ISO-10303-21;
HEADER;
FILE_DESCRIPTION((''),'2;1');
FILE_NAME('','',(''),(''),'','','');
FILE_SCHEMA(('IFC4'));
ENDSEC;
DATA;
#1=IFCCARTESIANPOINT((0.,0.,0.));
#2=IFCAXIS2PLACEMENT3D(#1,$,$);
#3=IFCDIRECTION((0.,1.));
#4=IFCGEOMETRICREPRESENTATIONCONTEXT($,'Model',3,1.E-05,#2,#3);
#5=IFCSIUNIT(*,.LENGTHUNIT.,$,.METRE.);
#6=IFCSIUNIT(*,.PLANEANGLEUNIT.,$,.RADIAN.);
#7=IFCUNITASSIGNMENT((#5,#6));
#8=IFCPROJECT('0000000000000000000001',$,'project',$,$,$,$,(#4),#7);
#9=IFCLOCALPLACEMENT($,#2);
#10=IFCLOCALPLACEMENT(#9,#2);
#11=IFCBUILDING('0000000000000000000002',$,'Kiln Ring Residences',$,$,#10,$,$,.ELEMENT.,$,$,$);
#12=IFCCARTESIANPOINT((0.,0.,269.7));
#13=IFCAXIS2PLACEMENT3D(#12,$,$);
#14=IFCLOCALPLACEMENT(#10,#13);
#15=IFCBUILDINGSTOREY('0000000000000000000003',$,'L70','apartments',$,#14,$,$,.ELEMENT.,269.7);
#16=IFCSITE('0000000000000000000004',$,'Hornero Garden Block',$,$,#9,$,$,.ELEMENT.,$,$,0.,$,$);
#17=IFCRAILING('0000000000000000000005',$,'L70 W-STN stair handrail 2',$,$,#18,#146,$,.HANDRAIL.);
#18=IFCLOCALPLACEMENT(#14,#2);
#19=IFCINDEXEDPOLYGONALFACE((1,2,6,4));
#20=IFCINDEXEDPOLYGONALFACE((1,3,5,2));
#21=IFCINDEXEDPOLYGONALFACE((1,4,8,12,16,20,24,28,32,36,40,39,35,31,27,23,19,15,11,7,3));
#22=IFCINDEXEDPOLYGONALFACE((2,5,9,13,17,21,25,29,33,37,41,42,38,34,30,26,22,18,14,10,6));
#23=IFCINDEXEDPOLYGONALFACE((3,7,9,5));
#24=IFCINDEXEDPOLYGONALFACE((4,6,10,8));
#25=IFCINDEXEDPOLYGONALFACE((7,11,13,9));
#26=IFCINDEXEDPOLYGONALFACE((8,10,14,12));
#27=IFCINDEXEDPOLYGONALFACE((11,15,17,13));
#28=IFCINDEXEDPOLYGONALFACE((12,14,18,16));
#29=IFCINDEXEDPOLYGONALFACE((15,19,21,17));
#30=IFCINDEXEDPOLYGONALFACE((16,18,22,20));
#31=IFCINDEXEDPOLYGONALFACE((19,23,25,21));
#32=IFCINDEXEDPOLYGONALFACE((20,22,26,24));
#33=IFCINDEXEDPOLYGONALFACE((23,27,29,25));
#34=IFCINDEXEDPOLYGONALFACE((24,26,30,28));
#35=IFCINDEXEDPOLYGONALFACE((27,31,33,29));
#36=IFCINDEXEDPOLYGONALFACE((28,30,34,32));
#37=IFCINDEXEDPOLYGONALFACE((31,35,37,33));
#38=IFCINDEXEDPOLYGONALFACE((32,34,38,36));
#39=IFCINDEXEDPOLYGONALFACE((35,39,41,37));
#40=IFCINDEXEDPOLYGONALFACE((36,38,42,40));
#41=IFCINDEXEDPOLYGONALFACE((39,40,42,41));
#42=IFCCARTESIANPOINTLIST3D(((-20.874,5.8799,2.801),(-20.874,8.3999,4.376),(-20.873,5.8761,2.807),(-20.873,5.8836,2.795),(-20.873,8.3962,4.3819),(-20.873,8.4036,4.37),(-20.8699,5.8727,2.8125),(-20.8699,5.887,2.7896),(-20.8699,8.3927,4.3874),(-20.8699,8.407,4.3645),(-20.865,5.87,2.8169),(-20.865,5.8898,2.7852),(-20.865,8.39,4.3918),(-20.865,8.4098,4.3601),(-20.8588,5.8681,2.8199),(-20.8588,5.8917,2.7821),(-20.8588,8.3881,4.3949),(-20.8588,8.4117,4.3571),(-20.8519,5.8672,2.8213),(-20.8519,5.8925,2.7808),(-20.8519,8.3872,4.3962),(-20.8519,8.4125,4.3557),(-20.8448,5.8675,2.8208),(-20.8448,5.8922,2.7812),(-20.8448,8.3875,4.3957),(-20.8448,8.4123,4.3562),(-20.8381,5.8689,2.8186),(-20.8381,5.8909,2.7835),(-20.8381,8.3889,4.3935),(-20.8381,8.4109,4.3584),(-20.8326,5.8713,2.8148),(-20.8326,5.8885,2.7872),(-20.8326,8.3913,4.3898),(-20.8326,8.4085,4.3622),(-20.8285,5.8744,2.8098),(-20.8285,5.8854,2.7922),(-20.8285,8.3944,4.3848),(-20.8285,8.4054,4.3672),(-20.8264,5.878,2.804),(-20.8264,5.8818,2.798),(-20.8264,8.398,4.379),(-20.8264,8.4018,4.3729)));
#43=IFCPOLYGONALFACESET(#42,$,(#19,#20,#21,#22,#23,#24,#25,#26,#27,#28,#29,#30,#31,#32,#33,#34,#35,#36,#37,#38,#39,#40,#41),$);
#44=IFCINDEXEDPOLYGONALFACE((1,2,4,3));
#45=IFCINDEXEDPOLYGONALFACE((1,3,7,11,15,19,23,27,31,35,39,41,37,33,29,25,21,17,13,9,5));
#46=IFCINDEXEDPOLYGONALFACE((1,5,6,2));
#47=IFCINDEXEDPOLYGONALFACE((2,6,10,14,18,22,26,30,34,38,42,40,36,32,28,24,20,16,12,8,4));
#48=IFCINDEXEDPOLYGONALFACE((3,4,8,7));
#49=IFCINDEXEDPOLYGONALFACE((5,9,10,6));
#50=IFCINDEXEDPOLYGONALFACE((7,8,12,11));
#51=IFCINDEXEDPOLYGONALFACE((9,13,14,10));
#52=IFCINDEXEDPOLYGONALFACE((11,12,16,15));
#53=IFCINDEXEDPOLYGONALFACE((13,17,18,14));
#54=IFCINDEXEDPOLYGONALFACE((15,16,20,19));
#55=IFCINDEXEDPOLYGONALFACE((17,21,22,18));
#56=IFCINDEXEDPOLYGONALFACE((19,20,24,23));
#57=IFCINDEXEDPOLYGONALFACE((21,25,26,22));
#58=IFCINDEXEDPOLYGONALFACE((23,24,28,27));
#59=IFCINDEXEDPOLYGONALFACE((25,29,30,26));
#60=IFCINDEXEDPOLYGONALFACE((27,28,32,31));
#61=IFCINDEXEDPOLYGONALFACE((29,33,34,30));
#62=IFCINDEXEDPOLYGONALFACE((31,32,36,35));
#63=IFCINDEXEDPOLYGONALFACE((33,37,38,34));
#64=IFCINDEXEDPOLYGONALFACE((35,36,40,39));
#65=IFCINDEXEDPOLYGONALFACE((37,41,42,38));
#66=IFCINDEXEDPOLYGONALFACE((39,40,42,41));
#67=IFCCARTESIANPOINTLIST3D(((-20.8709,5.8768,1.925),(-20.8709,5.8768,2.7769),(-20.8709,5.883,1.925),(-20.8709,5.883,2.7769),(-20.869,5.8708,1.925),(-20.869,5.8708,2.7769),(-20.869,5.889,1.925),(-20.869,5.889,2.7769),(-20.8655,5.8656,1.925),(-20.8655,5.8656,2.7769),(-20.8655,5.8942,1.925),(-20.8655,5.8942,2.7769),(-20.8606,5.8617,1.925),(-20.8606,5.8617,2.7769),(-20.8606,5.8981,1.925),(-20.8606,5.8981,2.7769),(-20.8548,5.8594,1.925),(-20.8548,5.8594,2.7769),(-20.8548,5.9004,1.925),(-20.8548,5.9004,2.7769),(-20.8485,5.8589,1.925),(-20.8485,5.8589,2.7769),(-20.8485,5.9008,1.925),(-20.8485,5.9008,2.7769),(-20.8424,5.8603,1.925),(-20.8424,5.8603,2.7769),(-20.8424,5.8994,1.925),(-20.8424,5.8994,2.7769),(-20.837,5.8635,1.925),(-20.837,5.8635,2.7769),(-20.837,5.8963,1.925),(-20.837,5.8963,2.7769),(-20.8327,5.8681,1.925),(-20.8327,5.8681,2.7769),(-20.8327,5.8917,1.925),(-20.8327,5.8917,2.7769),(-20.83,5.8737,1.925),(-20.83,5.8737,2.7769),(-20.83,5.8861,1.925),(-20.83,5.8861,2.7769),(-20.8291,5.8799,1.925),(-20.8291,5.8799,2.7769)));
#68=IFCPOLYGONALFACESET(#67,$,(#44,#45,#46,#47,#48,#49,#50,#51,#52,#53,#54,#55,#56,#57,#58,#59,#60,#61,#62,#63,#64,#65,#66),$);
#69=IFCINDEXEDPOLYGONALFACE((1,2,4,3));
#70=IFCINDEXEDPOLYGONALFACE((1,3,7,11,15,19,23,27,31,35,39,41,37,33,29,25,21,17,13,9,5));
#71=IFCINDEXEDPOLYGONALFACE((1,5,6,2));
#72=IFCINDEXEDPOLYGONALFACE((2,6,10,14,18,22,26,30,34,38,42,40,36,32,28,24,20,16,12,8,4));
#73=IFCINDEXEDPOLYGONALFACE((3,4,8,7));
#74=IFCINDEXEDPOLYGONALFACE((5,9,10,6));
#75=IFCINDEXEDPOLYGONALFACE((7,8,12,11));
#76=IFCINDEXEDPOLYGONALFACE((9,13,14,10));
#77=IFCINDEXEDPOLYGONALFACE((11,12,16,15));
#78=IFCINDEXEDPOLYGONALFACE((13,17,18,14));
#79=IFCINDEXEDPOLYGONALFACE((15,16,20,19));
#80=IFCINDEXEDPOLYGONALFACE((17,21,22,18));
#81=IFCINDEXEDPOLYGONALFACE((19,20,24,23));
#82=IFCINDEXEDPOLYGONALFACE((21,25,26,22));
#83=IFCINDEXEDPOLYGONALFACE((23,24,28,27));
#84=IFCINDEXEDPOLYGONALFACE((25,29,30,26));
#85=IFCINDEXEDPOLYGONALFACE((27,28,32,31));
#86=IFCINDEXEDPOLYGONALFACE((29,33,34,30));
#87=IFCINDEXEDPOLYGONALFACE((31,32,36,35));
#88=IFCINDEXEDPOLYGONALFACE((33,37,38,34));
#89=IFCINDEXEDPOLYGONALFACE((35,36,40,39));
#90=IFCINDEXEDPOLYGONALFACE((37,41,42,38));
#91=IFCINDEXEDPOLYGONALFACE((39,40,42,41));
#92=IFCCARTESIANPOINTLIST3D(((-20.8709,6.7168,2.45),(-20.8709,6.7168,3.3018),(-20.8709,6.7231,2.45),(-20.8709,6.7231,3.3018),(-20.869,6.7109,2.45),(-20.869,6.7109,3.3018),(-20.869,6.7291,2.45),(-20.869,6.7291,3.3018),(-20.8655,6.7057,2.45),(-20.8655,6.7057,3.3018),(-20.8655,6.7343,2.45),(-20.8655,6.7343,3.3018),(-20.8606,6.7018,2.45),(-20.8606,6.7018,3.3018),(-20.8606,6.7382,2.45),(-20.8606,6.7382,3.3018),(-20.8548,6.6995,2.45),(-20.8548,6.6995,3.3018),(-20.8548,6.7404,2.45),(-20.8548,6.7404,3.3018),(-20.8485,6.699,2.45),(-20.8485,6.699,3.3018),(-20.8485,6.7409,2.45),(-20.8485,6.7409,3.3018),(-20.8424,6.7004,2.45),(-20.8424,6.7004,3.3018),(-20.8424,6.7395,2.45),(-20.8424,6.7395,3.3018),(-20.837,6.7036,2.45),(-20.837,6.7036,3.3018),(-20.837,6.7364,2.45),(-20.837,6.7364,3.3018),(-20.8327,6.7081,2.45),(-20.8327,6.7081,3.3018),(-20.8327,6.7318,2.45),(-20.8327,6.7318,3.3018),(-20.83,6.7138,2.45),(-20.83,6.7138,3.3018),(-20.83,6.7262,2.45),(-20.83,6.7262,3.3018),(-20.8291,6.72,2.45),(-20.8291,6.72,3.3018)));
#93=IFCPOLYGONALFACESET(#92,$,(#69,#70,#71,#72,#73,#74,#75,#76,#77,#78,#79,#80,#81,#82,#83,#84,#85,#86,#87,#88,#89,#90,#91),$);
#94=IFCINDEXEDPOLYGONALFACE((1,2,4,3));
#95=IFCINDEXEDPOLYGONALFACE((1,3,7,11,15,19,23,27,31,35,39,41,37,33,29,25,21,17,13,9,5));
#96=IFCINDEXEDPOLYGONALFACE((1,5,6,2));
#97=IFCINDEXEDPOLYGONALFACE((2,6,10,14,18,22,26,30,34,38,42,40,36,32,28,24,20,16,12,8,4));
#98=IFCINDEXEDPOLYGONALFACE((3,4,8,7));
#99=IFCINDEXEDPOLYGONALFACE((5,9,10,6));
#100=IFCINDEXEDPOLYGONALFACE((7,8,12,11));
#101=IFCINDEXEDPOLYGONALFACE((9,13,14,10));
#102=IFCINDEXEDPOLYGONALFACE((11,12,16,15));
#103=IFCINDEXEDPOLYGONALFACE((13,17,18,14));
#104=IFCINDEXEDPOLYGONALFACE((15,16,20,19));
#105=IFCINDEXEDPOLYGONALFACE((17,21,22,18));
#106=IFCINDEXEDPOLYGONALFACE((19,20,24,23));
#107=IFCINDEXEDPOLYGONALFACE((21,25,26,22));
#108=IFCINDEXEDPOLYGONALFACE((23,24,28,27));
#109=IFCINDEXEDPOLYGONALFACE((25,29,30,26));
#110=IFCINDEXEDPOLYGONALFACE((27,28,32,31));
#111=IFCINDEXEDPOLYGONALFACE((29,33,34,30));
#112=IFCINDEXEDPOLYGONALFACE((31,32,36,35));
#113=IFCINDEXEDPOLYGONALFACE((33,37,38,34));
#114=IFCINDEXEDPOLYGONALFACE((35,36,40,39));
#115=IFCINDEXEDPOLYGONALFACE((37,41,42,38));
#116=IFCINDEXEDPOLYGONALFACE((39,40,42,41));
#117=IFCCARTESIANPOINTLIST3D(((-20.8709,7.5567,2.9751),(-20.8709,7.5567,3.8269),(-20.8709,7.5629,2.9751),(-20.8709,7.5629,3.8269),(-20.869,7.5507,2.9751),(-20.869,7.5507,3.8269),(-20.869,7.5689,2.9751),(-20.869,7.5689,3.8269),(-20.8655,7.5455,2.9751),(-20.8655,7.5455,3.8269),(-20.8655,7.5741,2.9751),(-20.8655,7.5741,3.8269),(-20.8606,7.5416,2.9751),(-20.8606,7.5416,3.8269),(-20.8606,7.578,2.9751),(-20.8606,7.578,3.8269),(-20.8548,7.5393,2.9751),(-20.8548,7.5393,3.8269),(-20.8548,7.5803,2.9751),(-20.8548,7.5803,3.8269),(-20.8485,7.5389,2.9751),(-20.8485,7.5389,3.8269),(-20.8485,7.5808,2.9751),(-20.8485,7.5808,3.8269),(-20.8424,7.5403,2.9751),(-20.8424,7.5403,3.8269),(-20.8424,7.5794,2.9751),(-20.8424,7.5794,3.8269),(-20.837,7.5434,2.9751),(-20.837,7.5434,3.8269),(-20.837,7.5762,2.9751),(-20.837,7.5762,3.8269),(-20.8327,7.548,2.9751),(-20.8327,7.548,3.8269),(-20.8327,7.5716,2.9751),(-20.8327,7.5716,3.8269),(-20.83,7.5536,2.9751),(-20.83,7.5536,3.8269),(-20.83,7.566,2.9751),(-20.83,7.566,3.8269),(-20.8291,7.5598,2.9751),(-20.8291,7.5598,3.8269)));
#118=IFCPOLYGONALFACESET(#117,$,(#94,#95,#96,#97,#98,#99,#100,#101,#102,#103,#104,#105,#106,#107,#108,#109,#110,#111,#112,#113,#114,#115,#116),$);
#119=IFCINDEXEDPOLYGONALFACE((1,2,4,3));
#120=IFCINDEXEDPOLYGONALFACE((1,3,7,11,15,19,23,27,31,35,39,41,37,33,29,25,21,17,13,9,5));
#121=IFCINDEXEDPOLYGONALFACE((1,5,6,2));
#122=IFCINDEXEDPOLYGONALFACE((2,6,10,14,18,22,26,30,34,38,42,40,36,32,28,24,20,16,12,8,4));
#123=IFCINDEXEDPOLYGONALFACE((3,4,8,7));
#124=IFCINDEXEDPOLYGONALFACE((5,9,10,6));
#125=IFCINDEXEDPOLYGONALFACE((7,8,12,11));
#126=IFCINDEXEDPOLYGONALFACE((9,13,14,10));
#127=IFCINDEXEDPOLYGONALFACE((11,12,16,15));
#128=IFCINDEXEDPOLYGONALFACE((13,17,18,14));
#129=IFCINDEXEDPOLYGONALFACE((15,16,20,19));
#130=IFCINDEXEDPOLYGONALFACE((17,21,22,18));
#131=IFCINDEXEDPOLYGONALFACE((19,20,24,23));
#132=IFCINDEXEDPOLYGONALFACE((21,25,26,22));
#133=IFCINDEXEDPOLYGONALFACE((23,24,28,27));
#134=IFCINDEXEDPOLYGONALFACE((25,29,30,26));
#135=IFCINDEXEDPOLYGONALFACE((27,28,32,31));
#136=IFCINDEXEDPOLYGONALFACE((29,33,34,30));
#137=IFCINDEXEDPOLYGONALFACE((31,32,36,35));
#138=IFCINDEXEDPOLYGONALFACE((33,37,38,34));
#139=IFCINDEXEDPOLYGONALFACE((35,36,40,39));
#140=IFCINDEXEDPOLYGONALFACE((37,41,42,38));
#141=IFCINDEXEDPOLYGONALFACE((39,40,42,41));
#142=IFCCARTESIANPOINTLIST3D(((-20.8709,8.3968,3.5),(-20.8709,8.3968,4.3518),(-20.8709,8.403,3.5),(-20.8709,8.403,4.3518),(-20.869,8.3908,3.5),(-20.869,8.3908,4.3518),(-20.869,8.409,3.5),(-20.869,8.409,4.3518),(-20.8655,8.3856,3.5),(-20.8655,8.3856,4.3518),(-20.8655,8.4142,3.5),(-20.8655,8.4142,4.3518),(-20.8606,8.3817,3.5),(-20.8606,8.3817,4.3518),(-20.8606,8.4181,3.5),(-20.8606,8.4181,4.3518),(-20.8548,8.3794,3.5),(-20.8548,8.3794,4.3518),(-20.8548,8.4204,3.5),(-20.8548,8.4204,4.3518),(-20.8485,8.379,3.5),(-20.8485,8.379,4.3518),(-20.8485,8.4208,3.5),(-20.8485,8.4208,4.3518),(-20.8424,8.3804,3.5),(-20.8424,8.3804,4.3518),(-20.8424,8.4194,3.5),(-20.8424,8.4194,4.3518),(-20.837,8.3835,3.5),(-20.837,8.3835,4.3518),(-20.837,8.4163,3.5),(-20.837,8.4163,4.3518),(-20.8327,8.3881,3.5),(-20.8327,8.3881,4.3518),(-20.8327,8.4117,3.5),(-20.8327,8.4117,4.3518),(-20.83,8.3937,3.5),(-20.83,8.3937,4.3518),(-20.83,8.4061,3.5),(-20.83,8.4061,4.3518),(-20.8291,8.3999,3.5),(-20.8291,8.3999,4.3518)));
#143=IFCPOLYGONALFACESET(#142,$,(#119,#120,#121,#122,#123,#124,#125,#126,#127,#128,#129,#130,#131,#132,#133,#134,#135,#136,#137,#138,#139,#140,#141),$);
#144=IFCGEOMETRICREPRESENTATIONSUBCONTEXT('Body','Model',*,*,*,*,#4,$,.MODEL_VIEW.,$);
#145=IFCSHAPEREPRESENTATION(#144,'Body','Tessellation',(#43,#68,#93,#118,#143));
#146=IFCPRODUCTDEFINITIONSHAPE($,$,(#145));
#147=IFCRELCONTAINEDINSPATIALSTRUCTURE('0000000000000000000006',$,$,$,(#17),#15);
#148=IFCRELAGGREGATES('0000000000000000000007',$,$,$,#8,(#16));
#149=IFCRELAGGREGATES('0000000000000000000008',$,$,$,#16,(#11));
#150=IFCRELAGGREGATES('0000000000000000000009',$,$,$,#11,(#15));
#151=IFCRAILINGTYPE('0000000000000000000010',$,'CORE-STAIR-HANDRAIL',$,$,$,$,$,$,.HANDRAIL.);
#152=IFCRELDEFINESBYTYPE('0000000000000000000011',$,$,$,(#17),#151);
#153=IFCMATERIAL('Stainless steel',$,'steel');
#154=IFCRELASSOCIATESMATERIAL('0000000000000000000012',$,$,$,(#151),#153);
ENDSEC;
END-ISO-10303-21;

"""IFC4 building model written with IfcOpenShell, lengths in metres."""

from ifc_helpers import new_model, si_unit, direction, frame, origin, origin_2d, place, context, subcontext, project, spatial, circle, extrude, material, type_object, element, save


model = new_model("IFC4")

# Units and contexts
model_context = context("Model", 3, precision=1e-05, world=origin(), true_north=direction((0.0, 1.0)))
body_context = subcontext(model_context, "Body", "Model", "MODEL_VIEW")
ifc_project = project(units=[si_unit("LENGTHUNIT", "METRE"), si_unit("PLANEANGLEUNIT", "RADIAN")], contexts=[model_context])

# Site, building, storey
site_placement = place(None, origin())
site = spatial("IfcSite", under=ifc_project, at=site_placement, Name="Hornero Garden Block", CompositionType="ELEMENT", RefElevation=0.0)
building_placement = place(site_placement, origin())
building = spatial("IfcBuilding", under=site, at=building_placement, Name="Kiln Ring Residences", CompositionType="ELEMENT")
storey_placement = place(building_placement, frame((0.0, 0.0, 269.7)))
storey = spatial("IfcBuildingStorey", under=building, at=storey_placement, Name="L70", Description="apartments", CompositionType="ELEMENT", Elevation=269.7)

# Railing
ifc_material_1 = material(Name="Stainless steel", Category="steel")
railing_type_1 = type_object("IfcRailingType", Name="CORE-STAIR-HANDRAIL", PredefinedType="HANDRAIL", material=ifc_material_1)
railing_1_placement = place(storey_placement, frame((-20.8501, 5.8799, 1.925)))
element("IfcRailing", 1, at=railing_1_placement, inside=storey, type_object=railing_type_1, Name="L70 W-STN stair handrail 2", PredefinedType="HANDRAIL", context=body_context, shape_type="SweptSolid", body=[
    extrude(circle(Radius=0.0239, at=origin_2d()), frame((0.0, 0.0, 0.876), z_axis=(0.0, 0.848008, 0.529984), x_axis=(-1.0, 0.0, 0.0)), (0.0, 0.0, 1.0), 2.9717),
    extrude(circle(Radius=0.021, at=origin_2d()), origin(), (0.0, 0.0, 1.0), 0.8518),
    extrude(circle(Radius=0.021, at=origin_2d()), frame((0.0, 0.8401, 0.5249)), (0.0, 0.0, 1.0), 0.8518),
    extrude(circle(Radius=0.021, at=origin_2d()), frame((0.0, 1.6799, 1.05)), (0.0, 0.0, 1.0), 0.8518),
    extrude(circle(Radius=0.021, at=origin_2d()), frame((0.0, 2.52, 1.575)), (0.0, 0.0, 1.0), 0.8518),
])

save(model, "model.ifc")
